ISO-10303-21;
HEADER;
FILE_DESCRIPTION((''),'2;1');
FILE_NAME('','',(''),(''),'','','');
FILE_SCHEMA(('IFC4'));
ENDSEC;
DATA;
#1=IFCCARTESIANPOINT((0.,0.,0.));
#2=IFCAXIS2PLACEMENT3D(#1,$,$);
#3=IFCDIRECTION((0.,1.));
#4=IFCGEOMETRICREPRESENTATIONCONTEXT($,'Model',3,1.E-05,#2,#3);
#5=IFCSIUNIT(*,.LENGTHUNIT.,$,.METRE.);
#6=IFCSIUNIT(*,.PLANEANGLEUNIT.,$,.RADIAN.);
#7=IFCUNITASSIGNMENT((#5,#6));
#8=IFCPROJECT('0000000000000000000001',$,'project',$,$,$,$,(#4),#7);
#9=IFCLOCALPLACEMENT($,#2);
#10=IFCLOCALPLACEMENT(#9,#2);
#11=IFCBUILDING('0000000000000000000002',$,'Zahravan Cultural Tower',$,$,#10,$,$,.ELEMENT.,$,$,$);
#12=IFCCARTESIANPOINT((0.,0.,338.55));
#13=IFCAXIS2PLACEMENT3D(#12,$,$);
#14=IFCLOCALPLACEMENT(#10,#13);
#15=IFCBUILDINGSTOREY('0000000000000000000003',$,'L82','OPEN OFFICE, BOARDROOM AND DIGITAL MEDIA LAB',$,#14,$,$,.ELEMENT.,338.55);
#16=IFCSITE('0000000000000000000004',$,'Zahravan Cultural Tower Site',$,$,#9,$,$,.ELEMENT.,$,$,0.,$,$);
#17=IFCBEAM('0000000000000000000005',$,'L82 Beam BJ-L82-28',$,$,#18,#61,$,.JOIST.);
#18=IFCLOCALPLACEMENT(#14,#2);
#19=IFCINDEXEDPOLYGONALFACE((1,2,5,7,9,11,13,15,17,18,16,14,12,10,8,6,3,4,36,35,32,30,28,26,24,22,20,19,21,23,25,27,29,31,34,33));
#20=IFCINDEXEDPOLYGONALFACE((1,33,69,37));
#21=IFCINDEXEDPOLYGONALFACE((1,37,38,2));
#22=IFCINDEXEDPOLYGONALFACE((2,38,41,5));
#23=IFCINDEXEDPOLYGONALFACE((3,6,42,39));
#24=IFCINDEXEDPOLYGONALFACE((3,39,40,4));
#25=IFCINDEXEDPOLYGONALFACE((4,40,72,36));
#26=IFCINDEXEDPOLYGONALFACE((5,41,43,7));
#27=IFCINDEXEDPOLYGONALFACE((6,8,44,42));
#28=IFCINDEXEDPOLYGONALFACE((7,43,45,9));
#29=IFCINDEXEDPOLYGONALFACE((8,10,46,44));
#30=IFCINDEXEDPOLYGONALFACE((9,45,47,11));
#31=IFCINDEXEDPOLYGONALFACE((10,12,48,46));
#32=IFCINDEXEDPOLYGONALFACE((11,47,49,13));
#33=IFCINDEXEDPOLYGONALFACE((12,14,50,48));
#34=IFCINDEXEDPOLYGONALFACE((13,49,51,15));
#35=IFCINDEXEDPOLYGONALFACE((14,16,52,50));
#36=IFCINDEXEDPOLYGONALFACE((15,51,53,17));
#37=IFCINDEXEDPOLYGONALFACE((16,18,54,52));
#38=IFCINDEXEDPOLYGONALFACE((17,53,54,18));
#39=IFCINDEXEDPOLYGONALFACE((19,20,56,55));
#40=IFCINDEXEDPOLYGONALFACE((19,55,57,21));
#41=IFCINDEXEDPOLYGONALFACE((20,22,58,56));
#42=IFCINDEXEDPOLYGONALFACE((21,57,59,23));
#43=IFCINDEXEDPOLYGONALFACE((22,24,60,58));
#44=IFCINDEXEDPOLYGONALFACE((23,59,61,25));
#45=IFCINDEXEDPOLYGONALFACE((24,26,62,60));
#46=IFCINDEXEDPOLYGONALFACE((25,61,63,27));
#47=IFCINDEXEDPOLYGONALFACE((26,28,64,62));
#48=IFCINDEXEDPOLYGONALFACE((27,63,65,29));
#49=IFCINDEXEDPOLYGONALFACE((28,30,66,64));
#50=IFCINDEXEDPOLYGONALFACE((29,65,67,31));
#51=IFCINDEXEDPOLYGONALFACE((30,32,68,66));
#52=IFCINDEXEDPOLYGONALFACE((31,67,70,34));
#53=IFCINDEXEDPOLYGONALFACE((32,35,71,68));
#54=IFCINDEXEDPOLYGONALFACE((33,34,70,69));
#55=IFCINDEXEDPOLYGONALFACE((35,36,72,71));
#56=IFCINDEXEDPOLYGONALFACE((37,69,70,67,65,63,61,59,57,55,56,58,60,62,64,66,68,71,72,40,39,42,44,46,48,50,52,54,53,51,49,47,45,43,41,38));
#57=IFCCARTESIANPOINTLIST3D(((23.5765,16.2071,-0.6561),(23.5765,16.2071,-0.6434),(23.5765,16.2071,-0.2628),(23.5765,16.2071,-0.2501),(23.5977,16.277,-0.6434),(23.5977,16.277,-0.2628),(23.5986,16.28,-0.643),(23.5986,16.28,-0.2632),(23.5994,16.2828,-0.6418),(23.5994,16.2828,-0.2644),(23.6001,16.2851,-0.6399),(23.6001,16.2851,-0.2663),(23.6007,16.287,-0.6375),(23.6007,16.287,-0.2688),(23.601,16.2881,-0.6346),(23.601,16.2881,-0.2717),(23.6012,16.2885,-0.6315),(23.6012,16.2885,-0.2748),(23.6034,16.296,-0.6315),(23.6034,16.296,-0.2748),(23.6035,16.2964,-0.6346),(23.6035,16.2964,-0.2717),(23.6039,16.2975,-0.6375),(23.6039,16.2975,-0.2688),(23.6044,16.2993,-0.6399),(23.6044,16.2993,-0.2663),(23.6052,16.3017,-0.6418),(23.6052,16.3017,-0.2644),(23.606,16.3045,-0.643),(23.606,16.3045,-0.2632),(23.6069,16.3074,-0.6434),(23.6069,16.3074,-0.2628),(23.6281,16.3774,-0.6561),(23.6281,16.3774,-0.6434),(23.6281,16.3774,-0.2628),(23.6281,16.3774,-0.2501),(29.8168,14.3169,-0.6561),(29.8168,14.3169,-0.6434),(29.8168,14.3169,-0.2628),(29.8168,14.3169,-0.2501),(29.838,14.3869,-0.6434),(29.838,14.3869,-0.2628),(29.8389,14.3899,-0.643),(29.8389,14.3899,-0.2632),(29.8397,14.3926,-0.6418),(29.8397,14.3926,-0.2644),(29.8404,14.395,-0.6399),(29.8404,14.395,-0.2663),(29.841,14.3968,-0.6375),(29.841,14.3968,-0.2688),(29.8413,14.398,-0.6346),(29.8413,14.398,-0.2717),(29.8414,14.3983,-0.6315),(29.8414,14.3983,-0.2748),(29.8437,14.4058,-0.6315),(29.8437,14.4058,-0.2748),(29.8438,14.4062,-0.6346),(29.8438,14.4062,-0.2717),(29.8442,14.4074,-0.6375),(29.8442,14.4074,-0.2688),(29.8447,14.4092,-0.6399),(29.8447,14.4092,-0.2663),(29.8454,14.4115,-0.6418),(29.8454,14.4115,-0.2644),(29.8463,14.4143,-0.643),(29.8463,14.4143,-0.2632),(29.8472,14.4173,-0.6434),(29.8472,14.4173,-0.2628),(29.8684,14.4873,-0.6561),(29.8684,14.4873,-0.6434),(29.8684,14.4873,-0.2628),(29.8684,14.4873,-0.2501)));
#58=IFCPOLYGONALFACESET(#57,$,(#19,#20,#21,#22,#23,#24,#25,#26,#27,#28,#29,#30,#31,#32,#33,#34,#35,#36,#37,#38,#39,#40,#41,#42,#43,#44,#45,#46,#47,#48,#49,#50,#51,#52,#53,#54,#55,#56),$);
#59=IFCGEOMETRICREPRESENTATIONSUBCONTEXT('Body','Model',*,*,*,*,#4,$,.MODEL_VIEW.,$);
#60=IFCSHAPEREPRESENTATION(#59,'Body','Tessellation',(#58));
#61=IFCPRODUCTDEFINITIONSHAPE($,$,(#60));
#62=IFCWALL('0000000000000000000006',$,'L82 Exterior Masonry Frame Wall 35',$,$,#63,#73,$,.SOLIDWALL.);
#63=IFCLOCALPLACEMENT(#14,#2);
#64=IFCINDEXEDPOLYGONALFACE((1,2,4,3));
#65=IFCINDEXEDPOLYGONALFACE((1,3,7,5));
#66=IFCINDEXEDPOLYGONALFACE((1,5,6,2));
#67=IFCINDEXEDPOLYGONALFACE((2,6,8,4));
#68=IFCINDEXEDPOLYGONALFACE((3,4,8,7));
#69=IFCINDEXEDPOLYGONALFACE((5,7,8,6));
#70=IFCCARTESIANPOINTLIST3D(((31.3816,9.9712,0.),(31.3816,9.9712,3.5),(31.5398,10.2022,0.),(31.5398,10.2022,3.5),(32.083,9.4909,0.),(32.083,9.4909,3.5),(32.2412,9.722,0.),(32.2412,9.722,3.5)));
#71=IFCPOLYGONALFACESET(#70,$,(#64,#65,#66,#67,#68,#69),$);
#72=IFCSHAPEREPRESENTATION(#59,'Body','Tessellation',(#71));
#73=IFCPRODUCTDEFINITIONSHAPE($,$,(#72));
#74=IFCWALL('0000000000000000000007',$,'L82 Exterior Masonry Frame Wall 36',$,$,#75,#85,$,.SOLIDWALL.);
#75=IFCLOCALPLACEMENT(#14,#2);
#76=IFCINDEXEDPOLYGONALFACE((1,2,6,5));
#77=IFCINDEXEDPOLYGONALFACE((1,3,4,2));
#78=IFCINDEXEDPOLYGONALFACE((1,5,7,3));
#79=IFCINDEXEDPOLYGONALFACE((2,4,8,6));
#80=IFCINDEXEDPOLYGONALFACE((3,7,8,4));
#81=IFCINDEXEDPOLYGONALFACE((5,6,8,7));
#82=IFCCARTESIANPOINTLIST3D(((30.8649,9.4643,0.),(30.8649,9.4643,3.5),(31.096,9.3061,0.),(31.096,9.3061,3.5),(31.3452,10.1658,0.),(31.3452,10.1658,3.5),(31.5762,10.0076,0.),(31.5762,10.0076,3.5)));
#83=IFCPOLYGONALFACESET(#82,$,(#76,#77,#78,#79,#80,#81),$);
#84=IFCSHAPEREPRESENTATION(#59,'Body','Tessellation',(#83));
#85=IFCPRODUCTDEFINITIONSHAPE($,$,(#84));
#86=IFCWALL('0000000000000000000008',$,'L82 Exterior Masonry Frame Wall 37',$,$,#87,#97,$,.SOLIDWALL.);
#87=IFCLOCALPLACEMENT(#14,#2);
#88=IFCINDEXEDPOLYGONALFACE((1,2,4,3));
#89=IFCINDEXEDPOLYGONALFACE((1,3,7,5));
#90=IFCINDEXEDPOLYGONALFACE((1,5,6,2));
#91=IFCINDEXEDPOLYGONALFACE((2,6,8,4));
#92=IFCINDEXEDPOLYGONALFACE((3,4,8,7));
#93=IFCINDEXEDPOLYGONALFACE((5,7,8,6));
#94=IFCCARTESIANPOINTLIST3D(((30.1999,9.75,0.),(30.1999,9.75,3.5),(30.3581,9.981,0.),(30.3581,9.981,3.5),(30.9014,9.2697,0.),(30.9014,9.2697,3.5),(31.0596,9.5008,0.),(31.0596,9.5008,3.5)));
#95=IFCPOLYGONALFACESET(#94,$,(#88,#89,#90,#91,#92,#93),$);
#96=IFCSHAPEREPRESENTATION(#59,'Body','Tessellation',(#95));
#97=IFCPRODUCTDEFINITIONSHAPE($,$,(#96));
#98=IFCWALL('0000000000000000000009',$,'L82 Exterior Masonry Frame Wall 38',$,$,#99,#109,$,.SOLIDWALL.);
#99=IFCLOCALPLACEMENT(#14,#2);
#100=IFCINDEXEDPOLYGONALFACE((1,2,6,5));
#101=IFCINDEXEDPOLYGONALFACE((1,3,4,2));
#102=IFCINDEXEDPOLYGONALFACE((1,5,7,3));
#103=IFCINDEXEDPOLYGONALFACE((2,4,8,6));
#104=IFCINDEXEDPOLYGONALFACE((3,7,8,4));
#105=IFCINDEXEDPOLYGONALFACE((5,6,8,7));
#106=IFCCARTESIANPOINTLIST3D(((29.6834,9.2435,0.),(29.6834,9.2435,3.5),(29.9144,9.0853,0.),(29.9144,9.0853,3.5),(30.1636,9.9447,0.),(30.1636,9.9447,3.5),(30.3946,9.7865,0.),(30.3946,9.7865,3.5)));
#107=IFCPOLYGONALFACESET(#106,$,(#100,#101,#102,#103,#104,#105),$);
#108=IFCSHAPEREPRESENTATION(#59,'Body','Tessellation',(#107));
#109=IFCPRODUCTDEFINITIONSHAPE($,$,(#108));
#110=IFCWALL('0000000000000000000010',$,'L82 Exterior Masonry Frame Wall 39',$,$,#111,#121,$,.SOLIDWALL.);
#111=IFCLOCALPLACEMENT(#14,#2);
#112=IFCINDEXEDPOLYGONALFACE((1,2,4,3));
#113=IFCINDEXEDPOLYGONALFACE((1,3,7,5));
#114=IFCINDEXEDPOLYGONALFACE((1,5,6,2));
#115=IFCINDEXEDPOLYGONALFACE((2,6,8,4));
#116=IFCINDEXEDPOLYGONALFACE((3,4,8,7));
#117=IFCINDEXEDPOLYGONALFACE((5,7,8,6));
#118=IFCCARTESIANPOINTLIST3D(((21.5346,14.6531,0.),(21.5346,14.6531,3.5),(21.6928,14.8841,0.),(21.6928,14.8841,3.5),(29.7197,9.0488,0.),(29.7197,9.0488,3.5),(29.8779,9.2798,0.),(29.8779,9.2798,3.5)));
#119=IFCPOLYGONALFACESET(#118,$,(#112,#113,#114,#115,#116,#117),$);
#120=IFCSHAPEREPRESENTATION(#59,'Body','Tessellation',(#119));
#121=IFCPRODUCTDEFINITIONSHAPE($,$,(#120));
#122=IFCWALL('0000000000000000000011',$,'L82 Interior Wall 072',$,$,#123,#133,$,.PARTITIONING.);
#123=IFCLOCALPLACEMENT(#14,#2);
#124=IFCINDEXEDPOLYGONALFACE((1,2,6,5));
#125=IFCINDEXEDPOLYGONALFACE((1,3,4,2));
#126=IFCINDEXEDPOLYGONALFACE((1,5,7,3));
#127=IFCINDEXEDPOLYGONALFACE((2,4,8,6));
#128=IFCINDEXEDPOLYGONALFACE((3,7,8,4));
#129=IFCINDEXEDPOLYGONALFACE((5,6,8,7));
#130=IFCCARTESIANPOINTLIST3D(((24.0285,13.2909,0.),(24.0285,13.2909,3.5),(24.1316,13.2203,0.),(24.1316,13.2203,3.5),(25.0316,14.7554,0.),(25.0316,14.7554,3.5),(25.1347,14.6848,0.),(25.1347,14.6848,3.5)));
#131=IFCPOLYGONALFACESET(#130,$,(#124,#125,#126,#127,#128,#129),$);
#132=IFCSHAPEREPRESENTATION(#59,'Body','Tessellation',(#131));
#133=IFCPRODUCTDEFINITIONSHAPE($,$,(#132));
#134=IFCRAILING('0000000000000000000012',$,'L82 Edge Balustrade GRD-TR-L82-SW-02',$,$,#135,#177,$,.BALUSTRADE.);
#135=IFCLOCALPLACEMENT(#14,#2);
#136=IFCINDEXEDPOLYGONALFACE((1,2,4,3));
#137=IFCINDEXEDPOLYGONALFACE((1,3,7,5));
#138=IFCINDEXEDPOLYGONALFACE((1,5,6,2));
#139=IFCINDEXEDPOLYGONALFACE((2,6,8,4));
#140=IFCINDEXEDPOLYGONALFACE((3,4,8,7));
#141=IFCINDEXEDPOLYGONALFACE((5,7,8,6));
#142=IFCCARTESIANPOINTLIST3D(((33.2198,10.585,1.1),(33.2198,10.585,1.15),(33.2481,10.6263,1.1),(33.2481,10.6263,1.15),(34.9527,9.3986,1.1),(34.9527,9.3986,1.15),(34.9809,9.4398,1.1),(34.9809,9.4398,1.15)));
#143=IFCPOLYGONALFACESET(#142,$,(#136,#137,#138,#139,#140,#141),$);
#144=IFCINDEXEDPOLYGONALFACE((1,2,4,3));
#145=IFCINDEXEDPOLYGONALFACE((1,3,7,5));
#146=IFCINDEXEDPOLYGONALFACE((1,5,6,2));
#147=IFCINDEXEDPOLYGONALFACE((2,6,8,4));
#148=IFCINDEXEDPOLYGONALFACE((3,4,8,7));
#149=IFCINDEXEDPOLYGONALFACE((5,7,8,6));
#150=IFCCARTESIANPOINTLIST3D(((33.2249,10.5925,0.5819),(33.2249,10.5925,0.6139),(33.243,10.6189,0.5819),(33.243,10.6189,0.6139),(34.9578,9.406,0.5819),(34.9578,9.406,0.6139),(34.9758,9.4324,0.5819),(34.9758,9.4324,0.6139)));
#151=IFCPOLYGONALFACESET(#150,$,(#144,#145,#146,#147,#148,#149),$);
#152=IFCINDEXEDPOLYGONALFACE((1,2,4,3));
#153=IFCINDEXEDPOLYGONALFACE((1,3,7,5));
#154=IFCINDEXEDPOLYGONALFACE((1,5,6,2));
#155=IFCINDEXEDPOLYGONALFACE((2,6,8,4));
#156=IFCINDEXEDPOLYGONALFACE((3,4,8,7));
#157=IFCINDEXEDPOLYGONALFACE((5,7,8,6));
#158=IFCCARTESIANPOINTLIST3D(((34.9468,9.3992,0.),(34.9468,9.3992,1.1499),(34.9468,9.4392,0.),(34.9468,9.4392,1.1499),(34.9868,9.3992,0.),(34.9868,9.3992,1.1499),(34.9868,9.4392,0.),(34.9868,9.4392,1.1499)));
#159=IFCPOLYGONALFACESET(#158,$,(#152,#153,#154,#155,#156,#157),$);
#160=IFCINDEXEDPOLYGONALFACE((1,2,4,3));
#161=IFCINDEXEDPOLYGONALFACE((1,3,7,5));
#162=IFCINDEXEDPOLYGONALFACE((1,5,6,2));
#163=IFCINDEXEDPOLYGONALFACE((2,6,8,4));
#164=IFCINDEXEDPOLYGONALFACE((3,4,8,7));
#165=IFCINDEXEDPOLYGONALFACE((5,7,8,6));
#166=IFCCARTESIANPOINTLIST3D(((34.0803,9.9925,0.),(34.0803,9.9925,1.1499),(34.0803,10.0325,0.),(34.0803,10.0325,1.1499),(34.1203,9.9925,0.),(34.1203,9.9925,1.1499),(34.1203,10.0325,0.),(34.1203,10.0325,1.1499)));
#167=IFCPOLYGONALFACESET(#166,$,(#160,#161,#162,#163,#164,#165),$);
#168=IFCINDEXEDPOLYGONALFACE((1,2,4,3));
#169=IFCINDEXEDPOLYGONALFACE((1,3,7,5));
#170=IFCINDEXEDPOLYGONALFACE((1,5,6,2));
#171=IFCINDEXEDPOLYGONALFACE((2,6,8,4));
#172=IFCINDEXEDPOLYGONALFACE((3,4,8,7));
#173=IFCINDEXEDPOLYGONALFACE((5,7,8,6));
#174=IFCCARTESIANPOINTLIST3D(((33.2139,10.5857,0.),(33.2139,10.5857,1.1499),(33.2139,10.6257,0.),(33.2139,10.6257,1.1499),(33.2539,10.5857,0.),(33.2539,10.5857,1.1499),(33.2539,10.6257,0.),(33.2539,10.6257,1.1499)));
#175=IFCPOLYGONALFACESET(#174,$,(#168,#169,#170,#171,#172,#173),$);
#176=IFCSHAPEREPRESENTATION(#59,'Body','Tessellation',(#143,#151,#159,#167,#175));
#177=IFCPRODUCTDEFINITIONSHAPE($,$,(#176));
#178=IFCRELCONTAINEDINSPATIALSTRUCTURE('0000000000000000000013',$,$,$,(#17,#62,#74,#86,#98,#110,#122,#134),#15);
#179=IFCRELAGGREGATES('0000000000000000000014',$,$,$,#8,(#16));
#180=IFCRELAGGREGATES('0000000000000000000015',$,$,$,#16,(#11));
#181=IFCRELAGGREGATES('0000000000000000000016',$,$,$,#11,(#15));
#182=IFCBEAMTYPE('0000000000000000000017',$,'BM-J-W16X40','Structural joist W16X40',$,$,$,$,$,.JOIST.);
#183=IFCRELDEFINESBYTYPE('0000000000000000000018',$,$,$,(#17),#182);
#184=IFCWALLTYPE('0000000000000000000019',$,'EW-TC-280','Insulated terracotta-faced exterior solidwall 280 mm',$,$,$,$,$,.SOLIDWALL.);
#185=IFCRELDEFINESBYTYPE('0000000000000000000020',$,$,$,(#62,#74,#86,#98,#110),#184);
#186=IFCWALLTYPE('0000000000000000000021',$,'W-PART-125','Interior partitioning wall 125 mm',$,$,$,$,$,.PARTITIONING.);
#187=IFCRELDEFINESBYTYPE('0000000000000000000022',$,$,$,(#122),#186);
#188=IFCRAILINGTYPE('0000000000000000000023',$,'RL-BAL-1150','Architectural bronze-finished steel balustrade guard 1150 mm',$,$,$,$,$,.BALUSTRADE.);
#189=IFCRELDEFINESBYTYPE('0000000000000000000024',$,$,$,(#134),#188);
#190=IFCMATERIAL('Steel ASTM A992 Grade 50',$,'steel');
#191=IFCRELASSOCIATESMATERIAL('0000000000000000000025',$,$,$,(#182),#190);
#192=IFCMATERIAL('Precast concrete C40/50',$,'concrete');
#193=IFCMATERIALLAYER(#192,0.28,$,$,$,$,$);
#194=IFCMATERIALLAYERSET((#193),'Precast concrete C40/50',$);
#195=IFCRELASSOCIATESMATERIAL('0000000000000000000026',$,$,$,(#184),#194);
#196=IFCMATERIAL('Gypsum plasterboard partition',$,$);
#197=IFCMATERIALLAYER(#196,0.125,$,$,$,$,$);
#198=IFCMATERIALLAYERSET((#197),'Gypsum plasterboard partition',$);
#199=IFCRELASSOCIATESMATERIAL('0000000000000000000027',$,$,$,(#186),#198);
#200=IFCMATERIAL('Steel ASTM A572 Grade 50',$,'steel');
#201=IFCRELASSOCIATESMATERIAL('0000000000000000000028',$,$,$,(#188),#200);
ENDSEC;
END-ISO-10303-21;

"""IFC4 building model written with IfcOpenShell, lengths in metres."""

from ifc_helpers import new_model, si_unit, direction, frame, frame_2d, origin, origin_2d, place, context, subcontext, project, spatial, rectangle, i_section, extrude, source, transform, mapped, material, layer, layer_set, material_profile, profile_set, type_object, element, save


model = new_model("IFC4")

# Units and contexts
model_context = context("Model", 3, precision=1e-05, world=origin(), true_north=direction((0.0, 1.0)))
body_context = subcontext(model_context, "Body", "Model", "MODEL_VIEW")
ifc_project = project(units=[si_unit("LENGTHUNIT", "METRE"), si_unit("PLANEANGLEUNIT", "RADIAN")], contexts=[model_context])

# Site, building, storey
site_placement = place(None, origin())
site = spatial("IfcSite", under=ifc_project, at=site_placement, Name="Zahravan Cultural Tower Site", CompositionType="ELEMENT", RefElevation=0.0)
building_placement = place(site_placement, origin())
building = spatial("IfcBuilding", under=site, at=building_placement, Name="Zahravan Cultural Tower", CompositionType="ELEMENT")
storey_placement = place(building_placement, frame((0.0, 0.0, 338.55)))
storey = spatial("IfcBuildingStorey", under=building, at=storey_placement, Name="L82", Description="OPEN OFFICE, BOARDROOM AND DIGITAL MEDIA LAB", CompositionType="ELEMENT", Elevation=338.55)

# Shared definitions
ifc_material_1 = material(Name="Steel ASTM A992 Grade 50", Category="steel")

# Beam
ifc_material_profile_1 = material_profile(ifc_material_1, i_section(OverallWidth=0.178, OverallDepth=0.406, WebThickness=0.0078, FlangeThickness=0.0127, FilletRadius=0.012, at=origin_2d()), Name="W16X40")
ifc_profile_set_1 = profile_set([ifc_material_profile_1], Name="Steel ASTM A992 Grade 50")
beam_type_1 = type_object("IfcBeamType", Name="BM-J-W16X40", Description="Structural joist W16X40", PredefinedType="JOIST", material=ifc_profile_set_1)
shared_shape_1 = source(origin(), body_context, "Body", "SweptSolid", [
    extrude(i_section(OverallWidth=0.178, OverallDepth=0.406, WebThickness=0.0078, FlangeThickness=0.0127, FilletRadius=0.012, at=origin_2d()), origin(), (0.0, 0.0, 1.0), 6.5203),
])
beam_1_placement = place(storey_placement, frame((23.6023, 16.2922, -0.4531), z_axis=(0.95706, -0.289889, 0.0), x_axis=(0.289889, 0.95706, 0.0)))
element("IfcBeam", 1, at=beam_1_placement, inside=storey, type_object=beam_type_1, Name="L82 Beam BJ-L82-28", PredefinedType="JOIST", context=body_context, shape_type="MappedRepresentation", body=[
    mapped(shared_shape_1, transform((0.0, 0.0, 0.0), x_axis=(1.0, 0.0, 0.0), y_axis=(0.0, 1.0, 0.0), z_axis=(0.0, 0.0, 1.0), scale=1.0)),
])

# Shared definitions
ifc_material_2 = material(Name="Precast concrete C40/50", Category="concrete")
ifc_layer_1 = layer(ifc_material_2, 0.28)
ifc_layer_set_1 = layer_set([ifc_layer_1], Name="Precast concrete C40/50")
wall_type_1 = type_object("IfcWallType", Name="EW-TC-280", Description="Insulated terracotta-faced exterior solidwall 280 mm", PredefinedType="SOLIDWALL", material=ifc_layer_set_1)

# Walls
shared_shape_2 = source(origin(), body_context, "Body", "SweptSolid", [
    extrude(rectangle(XDim=0.8501, YDim=0.28, at=frame_2d((0.425, 0.0))), origin(), (0.0, 0.0, 1.0), 3.5),
])
for number, where, z_axis, x_axis, name in (
    (2, (32.1621, 9.6064, 0.0), (0.0, 0.0, 1.0), (-0.825138, 0.564931, 0.0), "L82 Exterior Masonry Frame Wall 35"),
    (3, (31.4607, 10.0867, 0.0), (0.0, 0.0, 1.0), (-0.564931, -0.825138, 0.0), "L82 Exterior Masonry Frame Wall 36"),
    (4, (30.9805, 9.3853, 0.0), (0.0, 0.0, 1.0), (-0.825138, 0.564931, 0.0), "L82 Exterior Masonry Frame Wall 37"),
):
    element("IfcWall", number, at=place(storey_placement, frame(where, z_axis=z_axis, x_axis=x_axis)), inside=storey, type_object=wall_type_1, Name=name, PredefinedType="SOLIDWALL", context=body_context, shape_type="MappedRepresentation", body=[
        mapped(shared_shape_2, transform((0.0, 0.0, 0.0), x_axis=(1.0, 0.0, 0.0), y_axis=(0.0, 1.0, 0.0), z_axis=(0.0, 0.0, 1.0), scale=1.0)),
    ])
shared_shape_3 = source(origin(), body_context, "Body", "SweptSolid", [
    extrude(rectangle(XDim=0.8499, YDim=0.28, at=frame_2d((0.4248, 0.0))), origin(), (0.0, 0.0, 1.0), 3.5),
])
wall_1_placement = place(storey_placement, frame((30.2791, 9.8655, 0.0), z_axis=(0.0, 0.0, 1.0), x_axis=(-0.565065, -0.825046, 0.0)))
element("IfcWall", 5, at=wall_1_placement, inside=storey, type_object=wall_type_1, Name="L82 Exterior Masonry Frame Wall 38", PredefinedType="SOLIDWALL", context=body_context, shape_type="MappedRepresentation", body=[
    mapped(shared_shape_3, transform((0.0, 0.0, 0.0), x_axis=(1.0, 0.0, 0.0), y_axis=(0.0, 1.0, 0.0), z_axis=(0.0, 0.0, 1.0), scale=1.0)),
])
shared_shape_4 = source(origin(), body_context, "Body", "SweptSolid", [
    extrude(rectangle(XDim=9.9199, YDim=0.28, at=frame_2d((4.96, 0.0))), origin(), (0.0, 0.0, 1.0), 3.5),
])
wall_2_placement = place(storey_placement, frame((29.7988, 9.1643, 0.0), z_axis=(0.0, 0.0, 1.0), x_axis=(-0.825122, 0.564955, 0.0)))
element("IfcWall", 6, at=wall_2_placement, inside=storey, type_object=wall_type_1, Name="L82 Exterior Masonry Frame Wall 39", PredefinedType="SOLIDWALL", context=body_context, shape_type="MappedRepresentation", body=[
    mapped(shared_shape_4, transform((0.0, 0.0, 0.0), x_axis=(1.0, 0.0, 0.0), y_axis=(0.0, 1.0, 0.0), z_axis=(0.0, 0.0, 1.0), scale=1.0)),
])
ifc_material_3 = material(Name="Gypsum plasterboard partition")
ifc_layer_2 = layer(ifc_material_3, 0.125)
ifc_layer_set_2 = layer_set([ifc_layer_2], Name="Gypsum plasterboard partition")
wall_type_2 = type_object("IfcWallType", Name="W-PART-125", Description="Interior partitioning wall 125 mm", PredefinedType="PARTITIONING", material=ifc_layer_set_2)
shared_shape_5 = source(origin(), body_context, "Body", "SweptSolid", [
    extrude(rectangle(XDim=1.7751, YDim=0.125, at=frame_2d((0.8877, 0.0))), origin(), (0.0, 0.0, 1.0), 3.5),
])
wall_3_placement = place(storey_placement, frame((25.0833, 14.7202, 0.0), z_axis=(0.0, 0.0, 1.0), x_axis=(-0.565098, -0.825024, 0.0)))
element("IfcWall", 7, at=wall_3_placement, inside=storey, type_object=wall_type_2, Name="L82 Interior Wall 072", PredefinedType="PARTITIONING", context=body_context, shape_type="MappedRepresentation", body=[
    mapped(shared_shape_5, transform((0.0, 0.0, 0.0), x_axis=(1.0, 0.0, 0.0), y_axis=(0.0, 1.0, 0.0), z_axis=(0.0, 0.0, 1.0), scale=1.0)),
])

# Railing
ifc_material_4 = material(Name="Steel ASTM A572 Grade 50", Category="steel")
railing_type = type_object("IfcRailingType", Name="RL-BAL-1150", Description="Architectural bronze-finished steel balustrade guard 1150 mm", PredefinedType="BALUSTRADE", material=ifc_material_4)
railing_1_placement = place(storey_placement, frame((34.9668, 9.4192, 0.0)))
element("IfcRailing", 8, at=railing_1_placement, inside=storey, type_object=railing_type, Name="L82 Edge Balustrade GRD-TR-L82-SW-02", PredefinedType="BALUSTRADE", context=body_context, shape_type="SweptSolid", body=[
    extrude(rectangle(XDim=0.05, YDim=0.05, at=origin_2d()), frame((0.0, 0.0, 1.125), z_axis=(-0.825119, 0.564959, 0.0), x_axis=(-0.564959, -0.825119, 0.0)), (0.0, 0.0, 1.0), 2.1001),
    extrude(rectangle(XDim=0.032, YDim=0.032, at=origin_2d()), frame((0.0, 0.0, 0.5979), z_axis=(-0.825119, 0.564959, 0.0), x_axis=(-0.564959, -0.825119, 0.0)), (0.0, 0.0, 1.0), 2.1001),
    extrude(rectangle(XDim=0.04, YDim=0.04, at=origin_2d()), origin(), (0.0, 0.0, 1.0), 1.1499),
    extrude(rectangle(XDim=0.04, YDim=0.04, at=origin_2d()), frame((-0.8665, 0.5933, 0.0)), (0.0, 0.0, 1.0), 1.1499),
    extrude(rectangle(XDim=0.04, YDim=0.04, at=origin_2d()), frame((-1.7329, 1.1865, 0.0)), (0.0, 0.0, 1.0), 1.1499),
])

save(model, "model.ifc")
